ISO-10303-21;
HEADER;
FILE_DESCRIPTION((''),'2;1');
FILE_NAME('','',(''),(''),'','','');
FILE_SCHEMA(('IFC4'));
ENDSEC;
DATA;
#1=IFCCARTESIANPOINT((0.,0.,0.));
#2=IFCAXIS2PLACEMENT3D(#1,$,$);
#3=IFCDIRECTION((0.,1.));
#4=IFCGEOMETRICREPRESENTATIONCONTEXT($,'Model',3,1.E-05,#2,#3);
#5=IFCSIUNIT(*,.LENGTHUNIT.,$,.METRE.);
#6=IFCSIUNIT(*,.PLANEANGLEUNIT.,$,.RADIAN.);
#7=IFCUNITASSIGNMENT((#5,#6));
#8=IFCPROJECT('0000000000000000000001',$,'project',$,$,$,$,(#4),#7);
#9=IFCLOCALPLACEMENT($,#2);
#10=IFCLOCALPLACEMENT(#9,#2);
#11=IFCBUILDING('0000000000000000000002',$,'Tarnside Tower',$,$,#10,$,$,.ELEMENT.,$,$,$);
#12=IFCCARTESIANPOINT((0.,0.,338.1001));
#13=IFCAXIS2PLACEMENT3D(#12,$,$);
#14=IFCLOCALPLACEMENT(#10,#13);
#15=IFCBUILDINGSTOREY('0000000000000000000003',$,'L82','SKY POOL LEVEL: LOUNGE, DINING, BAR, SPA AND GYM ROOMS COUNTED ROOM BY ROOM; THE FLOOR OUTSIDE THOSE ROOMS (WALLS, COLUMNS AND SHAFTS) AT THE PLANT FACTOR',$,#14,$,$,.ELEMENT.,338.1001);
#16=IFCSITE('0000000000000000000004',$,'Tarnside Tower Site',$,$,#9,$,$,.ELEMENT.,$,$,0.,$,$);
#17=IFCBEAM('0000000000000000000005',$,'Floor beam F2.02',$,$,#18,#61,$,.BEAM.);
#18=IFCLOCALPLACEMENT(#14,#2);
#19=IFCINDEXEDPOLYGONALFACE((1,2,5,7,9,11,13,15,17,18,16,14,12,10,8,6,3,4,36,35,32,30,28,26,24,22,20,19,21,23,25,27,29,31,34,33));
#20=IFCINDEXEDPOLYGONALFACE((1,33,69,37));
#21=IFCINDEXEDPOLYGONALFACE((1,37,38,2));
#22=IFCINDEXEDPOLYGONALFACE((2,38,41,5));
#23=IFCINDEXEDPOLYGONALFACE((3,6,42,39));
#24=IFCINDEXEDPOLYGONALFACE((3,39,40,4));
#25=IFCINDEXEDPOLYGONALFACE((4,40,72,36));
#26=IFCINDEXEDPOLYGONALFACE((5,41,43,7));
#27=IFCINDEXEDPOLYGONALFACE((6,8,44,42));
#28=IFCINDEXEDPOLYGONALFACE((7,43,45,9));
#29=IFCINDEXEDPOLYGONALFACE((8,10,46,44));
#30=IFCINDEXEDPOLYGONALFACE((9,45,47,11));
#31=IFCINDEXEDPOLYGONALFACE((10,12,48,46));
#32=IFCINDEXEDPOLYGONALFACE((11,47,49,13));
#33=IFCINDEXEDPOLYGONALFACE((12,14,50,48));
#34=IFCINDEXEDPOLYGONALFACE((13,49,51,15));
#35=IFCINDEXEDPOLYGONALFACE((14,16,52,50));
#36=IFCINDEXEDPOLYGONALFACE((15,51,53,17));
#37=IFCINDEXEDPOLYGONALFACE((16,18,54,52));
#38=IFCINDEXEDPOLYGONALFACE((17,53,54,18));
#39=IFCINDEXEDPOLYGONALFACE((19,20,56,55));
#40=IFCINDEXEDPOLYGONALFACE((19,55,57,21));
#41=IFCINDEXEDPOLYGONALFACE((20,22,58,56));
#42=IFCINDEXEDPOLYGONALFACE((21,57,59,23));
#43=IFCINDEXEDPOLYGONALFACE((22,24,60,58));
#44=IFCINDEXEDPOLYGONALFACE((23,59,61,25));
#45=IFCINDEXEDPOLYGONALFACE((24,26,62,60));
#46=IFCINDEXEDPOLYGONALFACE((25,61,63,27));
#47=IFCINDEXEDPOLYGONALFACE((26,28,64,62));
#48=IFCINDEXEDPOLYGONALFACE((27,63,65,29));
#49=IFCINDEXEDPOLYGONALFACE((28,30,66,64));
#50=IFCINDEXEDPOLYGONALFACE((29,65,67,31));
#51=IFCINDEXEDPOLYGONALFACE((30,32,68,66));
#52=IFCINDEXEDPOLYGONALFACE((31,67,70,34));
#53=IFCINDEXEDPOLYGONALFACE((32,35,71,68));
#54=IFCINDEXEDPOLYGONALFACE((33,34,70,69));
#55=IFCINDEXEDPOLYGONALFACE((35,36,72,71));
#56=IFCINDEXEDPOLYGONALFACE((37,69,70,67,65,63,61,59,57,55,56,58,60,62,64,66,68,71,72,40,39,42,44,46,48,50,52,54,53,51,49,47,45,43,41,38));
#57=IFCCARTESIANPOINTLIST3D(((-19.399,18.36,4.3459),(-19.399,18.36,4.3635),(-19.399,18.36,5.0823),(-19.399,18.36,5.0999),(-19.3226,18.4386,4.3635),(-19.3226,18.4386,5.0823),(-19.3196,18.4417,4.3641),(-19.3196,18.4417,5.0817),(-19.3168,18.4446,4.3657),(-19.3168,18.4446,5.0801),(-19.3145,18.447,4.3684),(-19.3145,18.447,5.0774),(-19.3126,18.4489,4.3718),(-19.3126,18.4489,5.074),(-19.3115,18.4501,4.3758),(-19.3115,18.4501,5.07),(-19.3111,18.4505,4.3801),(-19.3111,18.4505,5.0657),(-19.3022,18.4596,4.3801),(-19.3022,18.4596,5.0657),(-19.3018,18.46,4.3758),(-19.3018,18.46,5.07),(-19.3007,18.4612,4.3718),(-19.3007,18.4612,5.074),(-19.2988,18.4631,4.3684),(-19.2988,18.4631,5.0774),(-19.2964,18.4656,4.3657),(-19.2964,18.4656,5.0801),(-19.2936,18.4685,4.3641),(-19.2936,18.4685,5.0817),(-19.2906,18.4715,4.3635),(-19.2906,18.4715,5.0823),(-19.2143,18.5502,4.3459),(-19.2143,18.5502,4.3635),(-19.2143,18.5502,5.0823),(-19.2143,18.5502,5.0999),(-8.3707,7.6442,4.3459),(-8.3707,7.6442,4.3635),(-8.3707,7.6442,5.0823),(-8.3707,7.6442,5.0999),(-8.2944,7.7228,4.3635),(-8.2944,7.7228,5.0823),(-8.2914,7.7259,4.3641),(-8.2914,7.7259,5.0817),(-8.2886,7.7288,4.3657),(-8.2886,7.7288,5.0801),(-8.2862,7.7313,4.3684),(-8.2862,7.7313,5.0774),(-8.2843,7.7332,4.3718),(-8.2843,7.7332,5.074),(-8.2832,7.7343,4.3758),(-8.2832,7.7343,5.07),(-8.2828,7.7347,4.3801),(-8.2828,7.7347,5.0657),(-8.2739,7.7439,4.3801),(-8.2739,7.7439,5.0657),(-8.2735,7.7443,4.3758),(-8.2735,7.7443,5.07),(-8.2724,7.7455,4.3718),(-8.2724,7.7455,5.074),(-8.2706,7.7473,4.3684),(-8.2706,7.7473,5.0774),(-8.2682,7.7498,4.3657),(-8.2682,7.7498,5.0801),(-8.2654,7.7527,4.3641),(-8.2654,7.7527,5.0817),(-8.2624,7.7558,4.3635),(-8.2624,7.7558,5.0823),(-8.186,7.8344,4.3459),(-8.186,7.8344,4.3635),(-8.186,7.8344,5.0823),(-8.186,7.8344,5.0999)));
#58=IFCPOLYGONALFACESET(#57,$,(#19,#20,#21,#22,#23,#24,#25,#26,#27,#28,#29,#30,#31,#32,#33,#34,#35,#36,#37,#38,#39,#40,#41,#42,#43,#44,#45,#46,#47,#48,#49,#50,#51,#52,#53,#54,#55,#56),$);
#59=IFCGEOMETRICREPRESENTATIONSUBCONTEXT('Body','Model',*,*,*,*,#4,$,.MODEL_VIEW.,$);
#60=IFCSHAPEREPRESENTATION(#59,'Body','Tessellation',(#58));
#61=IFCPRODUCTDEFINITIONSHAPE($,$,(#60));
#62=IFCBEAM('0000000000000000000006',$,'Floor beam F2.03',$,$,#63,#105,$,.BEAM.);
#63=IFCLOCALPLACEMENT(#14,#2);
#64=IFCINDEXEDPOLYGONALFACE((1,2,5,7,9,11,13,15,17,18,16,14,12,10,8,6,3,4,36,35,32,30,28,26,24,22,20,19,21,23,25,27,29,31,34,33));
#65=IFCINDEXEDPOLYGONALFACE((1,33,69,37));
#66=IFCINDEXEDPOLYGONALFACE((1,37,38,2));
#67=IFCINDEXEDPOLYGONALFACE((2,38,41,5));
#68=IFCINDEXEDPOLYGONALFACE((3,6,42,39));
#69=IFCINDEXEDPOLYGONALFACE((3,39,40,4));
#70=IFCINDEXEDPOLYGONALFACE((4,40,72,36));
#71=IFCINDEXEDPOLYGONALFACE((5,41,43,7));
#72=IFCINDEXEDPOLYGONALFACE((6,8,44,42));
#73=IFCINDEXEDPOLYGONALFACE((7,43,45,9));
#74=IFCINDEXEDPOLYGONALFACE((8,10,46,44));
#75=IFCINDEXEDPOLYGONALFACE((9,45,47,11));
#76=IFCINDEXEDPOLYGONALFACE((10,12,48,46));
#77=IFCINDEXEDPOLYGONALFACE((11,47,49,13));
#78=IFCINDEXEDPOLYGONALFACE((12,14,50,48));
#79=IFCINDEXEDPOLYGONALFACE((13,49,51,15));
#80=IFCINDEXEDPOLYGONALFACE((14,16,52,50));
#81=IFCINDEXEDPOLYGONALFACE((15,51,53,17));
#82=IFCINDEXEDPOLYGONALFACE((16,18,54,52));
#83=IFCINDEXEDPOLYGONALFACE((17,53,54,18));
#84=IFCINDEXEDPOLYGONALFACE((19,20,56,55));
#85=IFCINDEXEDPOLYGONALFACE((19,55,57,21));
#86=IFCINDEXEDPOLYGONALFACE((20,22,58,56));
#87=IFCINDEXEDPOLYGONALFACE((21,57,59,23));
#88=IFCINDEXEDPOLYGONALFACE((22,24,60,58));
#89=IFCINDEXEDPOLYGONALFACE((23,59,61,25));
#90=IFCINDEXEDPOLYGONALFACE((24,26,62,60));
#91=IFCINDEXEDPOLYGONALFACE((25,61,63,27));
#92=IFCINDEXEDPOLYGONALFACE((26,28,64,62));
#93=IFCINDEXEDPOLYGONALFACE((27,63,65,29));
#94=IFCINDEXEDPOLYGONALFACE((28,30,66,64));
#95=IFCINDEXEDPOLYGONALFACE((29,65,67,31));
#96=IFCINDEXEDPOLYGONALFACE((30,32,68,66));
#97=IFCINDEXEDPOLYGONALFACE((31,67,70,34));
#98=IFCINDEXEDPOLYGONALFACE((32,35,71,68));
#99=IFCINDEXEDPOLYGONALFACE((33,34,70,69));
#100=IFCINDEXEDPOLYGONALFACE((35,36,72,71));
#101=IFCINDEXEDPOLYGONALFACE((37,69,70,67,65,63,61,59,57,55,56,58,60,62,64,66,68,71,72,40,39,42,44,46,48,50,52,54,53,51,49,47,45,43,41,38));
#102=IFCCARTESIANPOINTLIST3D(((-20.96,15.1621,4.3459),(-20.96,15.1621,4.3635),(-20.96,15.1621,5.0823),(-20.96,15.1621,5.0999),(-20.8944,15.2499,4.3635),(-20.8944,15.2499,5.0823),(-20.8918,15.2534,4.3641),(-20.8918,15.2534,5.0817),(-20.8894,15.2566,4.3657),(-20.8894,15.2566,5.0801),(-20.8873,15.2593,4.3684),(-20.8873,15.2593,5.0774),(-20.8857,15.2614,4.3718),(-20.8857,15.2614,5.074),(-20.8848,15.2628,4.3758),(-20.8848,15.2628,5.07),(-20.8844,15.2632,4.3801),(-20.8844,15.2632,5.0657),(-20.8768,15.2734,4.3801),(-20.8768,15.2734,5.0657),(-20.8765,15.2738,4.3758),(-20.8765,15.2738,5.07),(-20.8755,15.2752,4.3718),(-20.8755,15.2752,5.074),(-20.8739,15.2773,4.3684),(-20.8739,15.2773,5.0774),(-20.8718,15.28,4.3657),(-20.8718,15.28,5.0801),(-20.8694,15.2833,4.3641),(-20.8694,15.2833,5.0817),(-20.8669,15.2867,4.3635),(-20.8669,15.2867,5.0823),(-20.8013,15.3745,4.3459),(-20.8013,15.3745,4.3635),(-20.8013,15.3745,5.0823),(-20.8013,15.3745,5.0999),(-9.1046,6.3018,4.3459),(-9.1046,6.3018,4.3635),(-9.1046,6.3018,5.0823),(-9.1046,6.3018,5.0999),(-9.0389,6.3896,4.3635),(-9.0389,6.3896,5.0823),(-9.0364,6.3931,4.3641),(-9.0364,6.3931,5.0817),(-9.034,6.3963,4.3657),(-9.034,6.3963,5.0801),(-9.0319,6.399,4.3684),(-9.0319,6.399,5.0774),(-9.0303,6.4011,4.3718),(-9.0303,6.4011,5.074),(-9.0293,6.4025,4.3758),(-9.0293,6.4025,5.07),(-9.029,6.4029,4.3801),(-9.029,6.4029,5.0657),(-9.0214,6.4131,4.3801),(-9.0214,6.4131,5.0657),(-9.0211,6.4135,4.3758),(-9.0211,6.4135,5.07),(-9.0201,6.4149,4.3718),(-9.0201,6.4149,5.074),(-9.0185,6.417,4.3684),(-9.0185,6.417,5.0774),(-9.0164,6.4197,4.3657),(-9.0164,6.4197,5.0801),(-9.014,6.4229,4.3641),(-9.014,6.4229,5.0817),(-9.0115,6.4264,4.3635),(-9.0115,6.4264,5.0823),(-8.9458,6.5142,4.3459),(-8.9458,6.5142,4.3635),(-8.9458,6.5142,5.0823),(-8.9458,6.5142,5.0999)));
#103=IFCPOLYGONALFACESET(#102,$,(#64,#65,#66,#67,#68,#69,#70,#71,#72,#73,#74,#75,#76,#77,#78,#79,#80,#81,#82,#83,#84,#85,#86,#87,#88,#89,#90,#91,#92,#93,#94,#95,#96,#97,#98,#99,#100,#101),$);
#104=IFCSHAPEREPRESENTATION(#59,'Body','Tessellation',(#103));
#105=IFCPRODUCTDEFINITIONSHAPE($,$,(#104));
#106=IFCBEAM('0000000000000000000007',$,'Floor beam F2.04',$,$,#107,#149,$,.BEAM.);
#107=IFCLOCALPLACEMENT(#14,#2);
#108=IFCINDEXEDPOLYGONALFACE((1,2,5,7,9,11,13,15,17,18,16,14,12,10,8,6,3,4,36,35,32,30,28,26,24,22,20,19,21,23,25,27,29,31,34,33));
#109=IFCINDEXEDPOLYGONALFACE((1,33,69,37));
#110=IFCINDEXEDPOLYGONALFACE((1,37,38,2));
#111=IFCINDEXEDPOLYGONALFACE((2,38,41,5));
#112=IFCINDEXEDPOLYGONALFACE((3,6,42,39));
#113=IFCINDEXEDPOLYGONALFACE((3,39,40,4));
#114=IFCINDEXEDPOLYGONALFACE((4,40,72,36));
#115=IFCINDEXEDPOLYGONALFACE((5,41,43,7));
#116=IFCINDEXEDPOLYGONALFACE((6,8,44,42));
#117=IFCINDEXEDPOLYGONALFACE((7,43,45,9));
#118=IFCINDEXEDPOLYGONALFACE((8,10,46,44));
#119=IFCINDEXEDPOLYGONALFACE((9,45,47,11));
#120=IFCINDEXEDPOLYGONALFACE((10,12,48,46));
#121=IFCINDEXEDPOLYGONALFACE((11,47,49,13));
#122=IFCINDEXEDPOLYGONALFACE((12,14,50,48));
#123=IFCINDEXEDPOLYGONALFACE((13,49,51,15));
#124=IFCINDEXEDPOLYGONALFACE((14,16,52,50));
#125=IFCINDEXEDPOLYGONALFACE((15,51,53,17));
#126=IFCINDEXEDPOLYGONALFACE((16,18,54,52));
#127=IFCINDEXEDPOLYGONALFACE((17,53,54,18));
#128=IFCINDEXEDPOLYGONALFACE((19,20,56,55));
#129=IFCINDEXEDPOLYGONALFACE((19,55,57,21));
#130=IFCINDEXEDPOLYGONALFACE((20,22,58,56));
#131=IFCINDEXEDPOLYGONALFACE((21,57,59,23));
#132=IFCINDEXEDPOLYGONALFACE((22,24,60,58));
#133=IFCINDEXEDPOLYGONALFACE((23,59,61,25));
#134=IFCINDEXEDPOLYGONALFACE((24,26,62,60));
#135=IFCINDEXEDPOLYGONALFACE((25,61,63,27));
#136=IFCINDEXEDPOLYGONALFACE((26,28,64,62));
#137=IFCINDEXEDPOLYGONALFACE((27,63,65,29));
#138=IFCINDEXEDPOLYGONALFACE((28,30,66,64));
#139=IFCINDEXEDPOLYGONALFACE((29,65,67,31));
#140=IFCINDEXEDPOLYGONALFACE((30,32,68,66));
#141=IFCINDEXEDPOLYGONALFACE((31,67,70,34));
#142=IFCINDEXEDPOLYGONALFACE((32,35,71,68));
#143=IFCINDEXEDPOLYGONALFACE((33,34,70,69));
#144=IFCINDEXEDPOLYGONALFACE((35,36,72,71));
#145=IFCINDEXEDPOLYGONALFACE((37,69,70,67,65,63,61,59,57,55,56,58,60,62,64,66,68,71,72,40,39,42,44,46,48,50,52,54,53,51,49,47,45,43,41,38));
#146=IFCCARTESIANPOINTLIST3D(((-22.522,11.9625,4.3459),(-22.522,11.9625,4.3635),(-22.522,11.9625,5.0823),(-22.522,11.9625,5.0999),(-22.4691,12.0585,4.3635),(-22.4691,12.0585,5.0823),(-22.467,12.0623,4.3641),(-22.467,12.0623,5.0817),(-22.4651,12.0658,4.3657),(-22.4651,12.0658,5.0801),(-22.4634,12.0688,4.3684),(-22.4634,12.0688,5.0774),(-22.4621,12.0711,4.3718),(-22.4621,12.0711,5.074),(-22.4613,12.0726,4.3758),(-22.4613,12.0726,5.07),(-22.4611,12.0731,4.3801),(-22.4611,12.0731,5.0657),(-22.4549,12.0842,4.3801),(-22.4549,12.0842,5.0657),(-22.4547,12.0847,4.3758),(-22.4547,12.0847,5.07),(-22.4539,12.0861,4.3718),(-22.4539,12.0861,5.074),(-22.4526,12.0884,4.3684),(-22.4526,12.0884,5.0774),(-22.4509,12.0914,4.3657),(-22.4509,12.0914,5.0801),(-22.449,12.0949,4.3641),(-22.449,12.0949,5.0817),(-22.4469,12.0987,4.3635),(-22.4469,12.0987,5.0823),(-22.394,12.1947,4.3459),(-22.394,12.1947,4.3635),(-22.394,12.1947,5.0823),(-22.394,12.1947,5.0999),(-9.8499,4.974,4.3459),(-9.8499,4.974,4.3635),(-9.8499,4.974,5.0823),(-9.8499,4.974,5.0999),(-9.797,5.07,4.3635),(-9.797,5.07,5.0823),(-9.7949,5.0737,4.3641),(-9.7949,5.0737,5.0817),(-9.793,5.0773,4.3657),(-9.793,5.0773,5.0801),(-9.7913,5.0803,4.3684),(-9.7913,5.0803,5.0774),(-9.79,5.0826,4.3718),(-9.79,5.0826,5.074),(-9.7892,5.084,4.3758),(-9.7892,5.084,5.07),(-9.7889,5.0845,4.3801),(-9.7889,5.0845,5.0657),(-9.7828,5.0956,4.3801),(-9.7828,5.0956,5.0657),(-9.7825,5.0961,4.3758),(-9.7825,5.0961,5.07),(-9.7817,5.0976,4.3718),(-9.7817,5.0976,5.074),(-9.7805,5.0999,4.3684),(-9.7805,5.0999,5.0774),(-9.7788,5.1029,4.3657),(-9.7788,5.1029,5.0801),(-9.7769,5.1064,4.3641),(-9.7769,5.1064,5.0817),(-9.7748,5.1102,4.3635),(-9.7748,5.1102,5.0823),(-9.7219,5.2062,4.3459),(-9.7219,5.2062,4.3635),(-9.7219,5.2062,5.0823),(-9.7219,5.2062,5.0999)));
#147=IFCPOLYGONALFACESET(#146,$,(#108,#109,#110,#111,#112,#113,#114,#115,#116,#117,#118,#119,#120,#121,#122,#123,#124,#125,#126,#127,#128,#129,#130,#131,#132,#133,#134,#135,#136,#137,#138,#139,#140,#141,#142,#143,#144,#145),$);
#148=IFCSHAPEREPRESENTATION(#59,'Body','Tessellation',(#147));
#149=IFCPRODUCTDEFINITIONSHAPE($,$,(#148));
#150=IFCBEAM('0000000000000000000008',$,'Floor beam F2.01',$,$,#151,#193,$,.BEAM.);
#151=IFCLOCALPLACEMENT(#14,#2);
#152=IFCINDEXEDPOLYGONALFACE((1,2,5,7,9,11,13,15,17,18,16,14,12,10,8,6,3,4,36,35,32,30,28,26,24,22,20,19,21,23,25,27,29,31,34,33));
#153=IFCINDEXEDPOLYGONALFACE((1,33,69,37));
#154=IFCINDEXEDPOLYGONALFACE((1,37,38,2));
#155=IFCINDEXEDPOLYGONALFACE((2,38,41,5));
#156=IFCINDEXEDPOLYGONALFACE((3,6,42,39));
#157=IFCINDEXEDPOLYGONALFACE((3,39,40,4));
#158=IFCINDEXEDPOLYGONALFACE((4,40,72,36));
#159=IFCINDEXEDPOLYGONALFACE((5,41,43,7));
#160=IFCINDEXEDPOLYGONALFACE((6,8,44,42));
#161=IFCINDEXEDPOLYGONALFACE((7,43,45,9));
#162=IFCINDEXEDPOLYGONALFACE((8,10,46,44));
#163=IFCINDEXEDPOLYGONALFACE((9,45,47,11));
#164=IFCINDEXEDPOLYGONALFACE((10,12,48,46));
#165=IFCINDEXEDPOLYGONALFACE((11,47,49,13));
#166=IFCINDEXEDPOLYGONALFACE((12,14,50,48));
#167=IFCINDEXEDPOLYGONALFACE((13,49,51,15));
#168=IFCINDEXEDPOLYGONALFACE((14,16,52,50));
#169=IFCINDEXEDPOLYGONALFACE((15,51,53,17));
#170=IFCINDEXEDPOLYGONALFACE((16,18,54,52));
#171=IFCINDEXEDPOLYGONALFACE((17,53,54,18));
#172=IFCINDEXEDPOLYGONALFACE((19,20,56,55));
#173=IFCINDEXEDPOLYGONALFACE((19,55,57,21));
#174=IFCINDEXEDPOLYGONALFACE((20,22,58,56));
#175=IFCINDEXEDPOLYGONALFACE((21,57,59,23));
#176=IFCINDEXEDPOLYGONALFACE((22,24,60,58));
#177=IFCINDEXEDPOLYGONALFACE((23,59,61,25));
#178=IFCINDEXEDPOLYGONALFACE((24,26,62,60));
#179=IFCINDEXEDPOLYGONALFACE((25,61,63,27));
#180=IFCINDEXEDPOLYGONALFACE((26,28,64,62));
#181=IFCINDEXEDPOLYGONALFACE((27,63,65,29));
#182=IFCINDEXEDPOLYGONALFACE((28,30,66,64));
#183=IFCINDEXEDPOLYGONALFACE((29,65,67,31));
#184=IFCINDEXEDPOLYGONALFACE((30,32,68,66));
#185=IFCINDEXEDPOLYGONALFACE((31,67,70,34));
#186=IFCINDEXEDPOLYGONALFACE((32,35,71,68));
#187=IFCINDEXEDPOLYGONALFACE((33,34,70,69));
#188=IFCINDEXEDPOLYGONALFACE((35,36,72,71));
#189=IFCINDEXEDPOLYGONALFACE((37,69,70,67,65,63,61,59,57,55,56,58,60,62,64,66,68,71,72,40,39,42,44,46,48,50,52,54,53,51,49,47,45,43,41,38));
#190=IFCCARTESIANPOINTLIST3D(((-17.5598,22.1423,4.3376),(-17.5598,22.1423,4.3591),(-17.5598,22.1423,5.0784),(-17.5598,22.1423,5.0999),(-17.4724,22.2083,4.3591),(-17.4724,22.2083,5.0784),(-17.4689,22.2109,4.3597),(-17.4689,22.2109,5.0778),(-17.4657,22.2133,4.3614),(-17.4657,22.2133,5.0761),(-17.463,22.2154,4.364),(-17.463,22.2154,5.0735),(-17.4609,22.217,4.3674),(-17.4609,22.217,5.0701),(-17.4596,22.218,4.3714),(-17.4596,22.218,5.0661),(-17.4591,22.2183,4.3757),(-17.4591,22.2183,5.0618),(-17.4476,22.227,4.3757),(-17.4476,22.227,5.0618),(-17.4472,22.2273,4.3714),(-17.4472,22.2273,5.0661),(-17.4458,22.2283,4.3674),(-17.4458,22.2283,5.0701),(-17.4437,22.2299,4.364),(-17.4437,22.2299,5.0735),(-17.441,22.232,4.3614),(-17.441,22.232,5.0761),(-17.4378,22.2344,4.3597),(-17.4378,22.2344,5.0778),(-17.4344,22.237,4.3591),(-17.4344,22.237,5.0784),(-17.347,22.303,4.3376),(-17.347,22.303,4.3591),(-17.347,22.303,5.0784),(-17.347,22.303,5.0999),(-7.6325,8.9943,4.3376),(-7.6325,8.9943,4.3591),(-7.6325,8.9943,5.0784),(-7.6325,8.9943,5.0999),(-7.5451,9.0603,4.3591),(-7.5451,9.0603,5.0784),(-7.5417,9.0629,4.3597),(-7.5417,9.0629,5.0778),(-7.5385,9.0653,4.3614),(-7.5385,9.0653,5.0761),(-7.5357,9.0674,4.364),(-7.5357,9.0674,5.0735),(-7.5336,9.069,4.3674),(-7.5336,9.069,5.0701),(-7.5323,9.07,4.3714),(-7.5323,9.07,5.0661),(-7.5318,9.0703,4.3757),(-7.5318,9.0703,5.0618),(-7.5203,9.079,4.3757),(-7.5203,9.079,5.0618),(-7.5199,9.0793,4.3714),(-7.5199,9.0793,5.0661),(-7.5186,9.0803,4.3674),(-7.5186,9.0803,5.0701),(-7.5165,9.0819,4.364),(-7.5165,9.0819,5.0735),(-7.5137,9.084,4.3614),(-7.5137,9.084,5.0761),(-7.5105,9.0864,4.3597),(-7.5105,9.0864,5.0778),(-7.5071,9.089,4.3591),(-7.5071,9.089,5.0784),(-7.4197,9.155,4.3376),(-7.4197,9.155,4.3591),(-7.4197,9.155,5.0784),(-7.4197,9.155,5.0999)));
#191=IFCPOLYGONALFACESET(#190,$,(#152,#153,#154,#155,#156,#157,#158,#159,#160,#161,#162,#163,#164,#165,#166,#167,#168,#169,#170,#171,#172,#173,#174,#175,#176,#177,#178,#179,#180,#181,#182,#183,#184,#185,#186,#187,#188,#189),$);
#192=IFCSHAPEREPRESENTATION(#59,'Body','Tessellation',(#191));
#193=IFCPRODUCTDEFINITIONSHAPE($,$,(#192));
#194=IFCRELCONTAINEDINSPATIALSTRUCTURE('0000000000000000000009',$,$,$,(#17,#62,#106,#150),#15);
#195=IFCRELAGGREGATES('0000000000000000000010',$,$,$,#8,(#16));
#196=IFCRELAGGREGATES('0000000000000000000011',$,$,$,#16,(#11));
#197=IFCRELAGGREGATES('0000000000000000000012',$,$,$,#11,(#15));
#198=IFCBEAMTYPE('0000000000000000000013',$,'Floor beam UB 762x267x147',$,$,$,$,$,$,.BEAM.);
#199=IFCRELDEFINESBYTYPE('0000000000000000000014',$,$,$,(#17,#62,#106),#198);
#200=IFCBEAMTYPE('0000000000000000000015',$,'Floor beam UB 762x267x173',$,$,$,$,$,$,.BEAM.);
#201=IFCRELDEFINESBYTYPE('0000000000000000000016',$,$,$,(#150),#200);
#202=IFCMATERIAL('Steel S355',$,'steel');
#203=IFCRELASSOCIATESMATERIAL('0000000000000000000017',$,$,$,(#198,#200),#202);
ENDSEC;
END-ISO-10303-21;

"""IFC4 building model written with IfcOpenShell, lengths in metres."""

from ifc_helpers import new_model, si_unit, direction, frame, origin, origin_2d, place, context, subcontext, project, spatial, i_section, extrude, material, material_profile, profile_set, type_object, element, save


model = new_model("IFC4")

# Units and contexts
model_context = context("Model", 3, precision=1e-05, world=origin(), true_north=direction((0.0, 1.0)))
body_context = subcontext(model_context, "Body", "Model", "MODEL_VIEW")
ifc_project = project(units=[si_unit("LENGTHUNIT", "METRE"), si_unit("PLANEANGLEUNIT", "RADIAN")], contexts=[model_context])

# Site, building, storey
site_placement = place(None, origin())
site = spatial("IfcSite", under=ifc_project, at=site_placement, Name="Tarnside Tower Site", CompositionType="ELEMENT", RefElevation=0.0)
building_placement = place(site_placement, origin())
building = spatial("IfcBuilding", under=site, at=building_placement, Name="Tarnside Tower", CompositionType="ELEMENT")
storey_placement = place(building_placement, frame((0.0, 0.0, 338.1001)))
storey = spatial("IfcBuildingStorey", under=building, at=storey_placement, Name="L82", Description="SKY POOL LEVEL: LOUNGE, DINING, BAR, SPA AND GYM ROOMS COUNTED ROOM BY ROOM; THE FLOOR OUTSIDE THOSE ROOMS (WALLS, COLUMNS AND SHAFTS) AT THE PLANT FACTOR", CompositionType="ELEMENT", Elevation=338.1001)

# Beams
ifc_material_1 = material(Name="Steel S355", Category="steel")
ifc_material_profile_1 = material_profile(ifc_material_1, i_section(OverallWidth=0.2651, OverallDepth=0.7539, WebThickness=0.0127, FlangeThickness=0.0176, FilletRadius=0.0166, at=origin_2d()), Name="UB 762x267x147")
ifc_profile_set_1 = profile_set([ifc_material_profile_1], Name="Steel S355")
beam_type_1 = type_object("IfcBeamType", Name="Floor beam UB 762x267x147", PredefinedType="BEAM", material=ifc_profile_set_1)
beam_1_placement = place(storey_placement, frame((-19.3066, 18.4551, 4.7229), z_axis=(0.717195, -0.696872, 0.0), x_axis=(0.696872, 0.717195, 0.0)))
element("IfcBeam", 1, at=beam_1_placement, inside=storey, type_object=beam_type_1, Name="Floor beam F2.02", PredefinedType="BEAM", context=body_context, shape_type="SweptSolid", body=[
    extrude(i_section(OverallWidth=0.2651, OverallDepth=0.7539, WebThickness=0.0127, FlangeThickness=0.0176, FilletRadius=0.0166, at=origin_2d()), origin(), (0.0, 0.0, 1.0), 15.377),
])
beam_2_placement = place(storey_placement, frame((-20.8806, 15.2683, 4.7229), z_axis=(0.801012, -0.598648, 0.0), x_axis=(0.598648, 0.801012, 0.0)))
element("IfcBeam", 2, at=beam_2_placement, inside=storey, type_object=beam_type_1, Name="Floor beam F2.03", PredefinedType="BEAM", context=body_context, shape_type="SweptSolid", body=[
    extrude(i_section(OverallWidth=0.2651, OverallDepth=0.7539, WebThickness=0.0127, FlangeThickness=0.0176, FilletRadius=0.0166, at=origin_2d()), origin(), (0.0, 0.0, 1.0), 14.8005),
])
beam_3_placement = place(storey_placement, frame((-22.458, 12.0786, 4.7229), z_axis=(0.875665, -0.482919, 0.0), x_axis=(0.482919, 0.875665, 0.0)))
element("IfcBeam", 3, at=beam_3_placement, inside=storey, type_object=beam_type_1, Name="Floor beam F2.04", PredefinedType="BEAM", context=body_context, shape_type="SweptSolid", body=[
    extrude(i_section(OverallWidth=0.2651, OverallDepth=0.7539, WebThickness=0.0127, FlangeThickness=0.0176, FilletRadius=0.0166, at=origin_2d()), origin(), (0.0, 0.0, 1.0), 14.4714),
])
ifc_material_profile_2 = material_profile(ifc_material_1, i_section(OverallWidth=0.2666, OverallDepth=0.7622, WebThickness=0.0144, FlangeThickness=0.0215, FilletRadius=0.0166, at=origin_2d()), Name="UB 762x267x173")
ifc_profile_set_2 = profile_set([ifc_material_profile_2], Name="Steel S355")
beam_type_2 = type_object("IfcBeamType", Name="Floor beam UB 762x267x173", PredefinedType="BEAM", material=ifc_profile_set_2)
beam_4_placement = place(storey_placement, frame((-17.4534, 22.2227, 4.7188), z_axis=(0.602572, -0.798065, 0.0), x_axis=(0.798065, 0.602572, 0.0)))
element("IfcBeam", 4, at=beam_4_placement, inside=storey, type_object=beam_type_2, Name="Floor beam F2.01", PredefinedType="BEAM", context=body_context, shape_type="SweptSolid", body=[
    extrude(i_section(OverallWidth=0.2666, OverallDepth=0.7622, WebThickness=0.0144, FlangeThickness=0.0215, FilletRadius=0.0166, at=origin_2d()), origin(), (0.0, 0.0, 1.0), 16.4749),
])

save(model, "model.ifc")
